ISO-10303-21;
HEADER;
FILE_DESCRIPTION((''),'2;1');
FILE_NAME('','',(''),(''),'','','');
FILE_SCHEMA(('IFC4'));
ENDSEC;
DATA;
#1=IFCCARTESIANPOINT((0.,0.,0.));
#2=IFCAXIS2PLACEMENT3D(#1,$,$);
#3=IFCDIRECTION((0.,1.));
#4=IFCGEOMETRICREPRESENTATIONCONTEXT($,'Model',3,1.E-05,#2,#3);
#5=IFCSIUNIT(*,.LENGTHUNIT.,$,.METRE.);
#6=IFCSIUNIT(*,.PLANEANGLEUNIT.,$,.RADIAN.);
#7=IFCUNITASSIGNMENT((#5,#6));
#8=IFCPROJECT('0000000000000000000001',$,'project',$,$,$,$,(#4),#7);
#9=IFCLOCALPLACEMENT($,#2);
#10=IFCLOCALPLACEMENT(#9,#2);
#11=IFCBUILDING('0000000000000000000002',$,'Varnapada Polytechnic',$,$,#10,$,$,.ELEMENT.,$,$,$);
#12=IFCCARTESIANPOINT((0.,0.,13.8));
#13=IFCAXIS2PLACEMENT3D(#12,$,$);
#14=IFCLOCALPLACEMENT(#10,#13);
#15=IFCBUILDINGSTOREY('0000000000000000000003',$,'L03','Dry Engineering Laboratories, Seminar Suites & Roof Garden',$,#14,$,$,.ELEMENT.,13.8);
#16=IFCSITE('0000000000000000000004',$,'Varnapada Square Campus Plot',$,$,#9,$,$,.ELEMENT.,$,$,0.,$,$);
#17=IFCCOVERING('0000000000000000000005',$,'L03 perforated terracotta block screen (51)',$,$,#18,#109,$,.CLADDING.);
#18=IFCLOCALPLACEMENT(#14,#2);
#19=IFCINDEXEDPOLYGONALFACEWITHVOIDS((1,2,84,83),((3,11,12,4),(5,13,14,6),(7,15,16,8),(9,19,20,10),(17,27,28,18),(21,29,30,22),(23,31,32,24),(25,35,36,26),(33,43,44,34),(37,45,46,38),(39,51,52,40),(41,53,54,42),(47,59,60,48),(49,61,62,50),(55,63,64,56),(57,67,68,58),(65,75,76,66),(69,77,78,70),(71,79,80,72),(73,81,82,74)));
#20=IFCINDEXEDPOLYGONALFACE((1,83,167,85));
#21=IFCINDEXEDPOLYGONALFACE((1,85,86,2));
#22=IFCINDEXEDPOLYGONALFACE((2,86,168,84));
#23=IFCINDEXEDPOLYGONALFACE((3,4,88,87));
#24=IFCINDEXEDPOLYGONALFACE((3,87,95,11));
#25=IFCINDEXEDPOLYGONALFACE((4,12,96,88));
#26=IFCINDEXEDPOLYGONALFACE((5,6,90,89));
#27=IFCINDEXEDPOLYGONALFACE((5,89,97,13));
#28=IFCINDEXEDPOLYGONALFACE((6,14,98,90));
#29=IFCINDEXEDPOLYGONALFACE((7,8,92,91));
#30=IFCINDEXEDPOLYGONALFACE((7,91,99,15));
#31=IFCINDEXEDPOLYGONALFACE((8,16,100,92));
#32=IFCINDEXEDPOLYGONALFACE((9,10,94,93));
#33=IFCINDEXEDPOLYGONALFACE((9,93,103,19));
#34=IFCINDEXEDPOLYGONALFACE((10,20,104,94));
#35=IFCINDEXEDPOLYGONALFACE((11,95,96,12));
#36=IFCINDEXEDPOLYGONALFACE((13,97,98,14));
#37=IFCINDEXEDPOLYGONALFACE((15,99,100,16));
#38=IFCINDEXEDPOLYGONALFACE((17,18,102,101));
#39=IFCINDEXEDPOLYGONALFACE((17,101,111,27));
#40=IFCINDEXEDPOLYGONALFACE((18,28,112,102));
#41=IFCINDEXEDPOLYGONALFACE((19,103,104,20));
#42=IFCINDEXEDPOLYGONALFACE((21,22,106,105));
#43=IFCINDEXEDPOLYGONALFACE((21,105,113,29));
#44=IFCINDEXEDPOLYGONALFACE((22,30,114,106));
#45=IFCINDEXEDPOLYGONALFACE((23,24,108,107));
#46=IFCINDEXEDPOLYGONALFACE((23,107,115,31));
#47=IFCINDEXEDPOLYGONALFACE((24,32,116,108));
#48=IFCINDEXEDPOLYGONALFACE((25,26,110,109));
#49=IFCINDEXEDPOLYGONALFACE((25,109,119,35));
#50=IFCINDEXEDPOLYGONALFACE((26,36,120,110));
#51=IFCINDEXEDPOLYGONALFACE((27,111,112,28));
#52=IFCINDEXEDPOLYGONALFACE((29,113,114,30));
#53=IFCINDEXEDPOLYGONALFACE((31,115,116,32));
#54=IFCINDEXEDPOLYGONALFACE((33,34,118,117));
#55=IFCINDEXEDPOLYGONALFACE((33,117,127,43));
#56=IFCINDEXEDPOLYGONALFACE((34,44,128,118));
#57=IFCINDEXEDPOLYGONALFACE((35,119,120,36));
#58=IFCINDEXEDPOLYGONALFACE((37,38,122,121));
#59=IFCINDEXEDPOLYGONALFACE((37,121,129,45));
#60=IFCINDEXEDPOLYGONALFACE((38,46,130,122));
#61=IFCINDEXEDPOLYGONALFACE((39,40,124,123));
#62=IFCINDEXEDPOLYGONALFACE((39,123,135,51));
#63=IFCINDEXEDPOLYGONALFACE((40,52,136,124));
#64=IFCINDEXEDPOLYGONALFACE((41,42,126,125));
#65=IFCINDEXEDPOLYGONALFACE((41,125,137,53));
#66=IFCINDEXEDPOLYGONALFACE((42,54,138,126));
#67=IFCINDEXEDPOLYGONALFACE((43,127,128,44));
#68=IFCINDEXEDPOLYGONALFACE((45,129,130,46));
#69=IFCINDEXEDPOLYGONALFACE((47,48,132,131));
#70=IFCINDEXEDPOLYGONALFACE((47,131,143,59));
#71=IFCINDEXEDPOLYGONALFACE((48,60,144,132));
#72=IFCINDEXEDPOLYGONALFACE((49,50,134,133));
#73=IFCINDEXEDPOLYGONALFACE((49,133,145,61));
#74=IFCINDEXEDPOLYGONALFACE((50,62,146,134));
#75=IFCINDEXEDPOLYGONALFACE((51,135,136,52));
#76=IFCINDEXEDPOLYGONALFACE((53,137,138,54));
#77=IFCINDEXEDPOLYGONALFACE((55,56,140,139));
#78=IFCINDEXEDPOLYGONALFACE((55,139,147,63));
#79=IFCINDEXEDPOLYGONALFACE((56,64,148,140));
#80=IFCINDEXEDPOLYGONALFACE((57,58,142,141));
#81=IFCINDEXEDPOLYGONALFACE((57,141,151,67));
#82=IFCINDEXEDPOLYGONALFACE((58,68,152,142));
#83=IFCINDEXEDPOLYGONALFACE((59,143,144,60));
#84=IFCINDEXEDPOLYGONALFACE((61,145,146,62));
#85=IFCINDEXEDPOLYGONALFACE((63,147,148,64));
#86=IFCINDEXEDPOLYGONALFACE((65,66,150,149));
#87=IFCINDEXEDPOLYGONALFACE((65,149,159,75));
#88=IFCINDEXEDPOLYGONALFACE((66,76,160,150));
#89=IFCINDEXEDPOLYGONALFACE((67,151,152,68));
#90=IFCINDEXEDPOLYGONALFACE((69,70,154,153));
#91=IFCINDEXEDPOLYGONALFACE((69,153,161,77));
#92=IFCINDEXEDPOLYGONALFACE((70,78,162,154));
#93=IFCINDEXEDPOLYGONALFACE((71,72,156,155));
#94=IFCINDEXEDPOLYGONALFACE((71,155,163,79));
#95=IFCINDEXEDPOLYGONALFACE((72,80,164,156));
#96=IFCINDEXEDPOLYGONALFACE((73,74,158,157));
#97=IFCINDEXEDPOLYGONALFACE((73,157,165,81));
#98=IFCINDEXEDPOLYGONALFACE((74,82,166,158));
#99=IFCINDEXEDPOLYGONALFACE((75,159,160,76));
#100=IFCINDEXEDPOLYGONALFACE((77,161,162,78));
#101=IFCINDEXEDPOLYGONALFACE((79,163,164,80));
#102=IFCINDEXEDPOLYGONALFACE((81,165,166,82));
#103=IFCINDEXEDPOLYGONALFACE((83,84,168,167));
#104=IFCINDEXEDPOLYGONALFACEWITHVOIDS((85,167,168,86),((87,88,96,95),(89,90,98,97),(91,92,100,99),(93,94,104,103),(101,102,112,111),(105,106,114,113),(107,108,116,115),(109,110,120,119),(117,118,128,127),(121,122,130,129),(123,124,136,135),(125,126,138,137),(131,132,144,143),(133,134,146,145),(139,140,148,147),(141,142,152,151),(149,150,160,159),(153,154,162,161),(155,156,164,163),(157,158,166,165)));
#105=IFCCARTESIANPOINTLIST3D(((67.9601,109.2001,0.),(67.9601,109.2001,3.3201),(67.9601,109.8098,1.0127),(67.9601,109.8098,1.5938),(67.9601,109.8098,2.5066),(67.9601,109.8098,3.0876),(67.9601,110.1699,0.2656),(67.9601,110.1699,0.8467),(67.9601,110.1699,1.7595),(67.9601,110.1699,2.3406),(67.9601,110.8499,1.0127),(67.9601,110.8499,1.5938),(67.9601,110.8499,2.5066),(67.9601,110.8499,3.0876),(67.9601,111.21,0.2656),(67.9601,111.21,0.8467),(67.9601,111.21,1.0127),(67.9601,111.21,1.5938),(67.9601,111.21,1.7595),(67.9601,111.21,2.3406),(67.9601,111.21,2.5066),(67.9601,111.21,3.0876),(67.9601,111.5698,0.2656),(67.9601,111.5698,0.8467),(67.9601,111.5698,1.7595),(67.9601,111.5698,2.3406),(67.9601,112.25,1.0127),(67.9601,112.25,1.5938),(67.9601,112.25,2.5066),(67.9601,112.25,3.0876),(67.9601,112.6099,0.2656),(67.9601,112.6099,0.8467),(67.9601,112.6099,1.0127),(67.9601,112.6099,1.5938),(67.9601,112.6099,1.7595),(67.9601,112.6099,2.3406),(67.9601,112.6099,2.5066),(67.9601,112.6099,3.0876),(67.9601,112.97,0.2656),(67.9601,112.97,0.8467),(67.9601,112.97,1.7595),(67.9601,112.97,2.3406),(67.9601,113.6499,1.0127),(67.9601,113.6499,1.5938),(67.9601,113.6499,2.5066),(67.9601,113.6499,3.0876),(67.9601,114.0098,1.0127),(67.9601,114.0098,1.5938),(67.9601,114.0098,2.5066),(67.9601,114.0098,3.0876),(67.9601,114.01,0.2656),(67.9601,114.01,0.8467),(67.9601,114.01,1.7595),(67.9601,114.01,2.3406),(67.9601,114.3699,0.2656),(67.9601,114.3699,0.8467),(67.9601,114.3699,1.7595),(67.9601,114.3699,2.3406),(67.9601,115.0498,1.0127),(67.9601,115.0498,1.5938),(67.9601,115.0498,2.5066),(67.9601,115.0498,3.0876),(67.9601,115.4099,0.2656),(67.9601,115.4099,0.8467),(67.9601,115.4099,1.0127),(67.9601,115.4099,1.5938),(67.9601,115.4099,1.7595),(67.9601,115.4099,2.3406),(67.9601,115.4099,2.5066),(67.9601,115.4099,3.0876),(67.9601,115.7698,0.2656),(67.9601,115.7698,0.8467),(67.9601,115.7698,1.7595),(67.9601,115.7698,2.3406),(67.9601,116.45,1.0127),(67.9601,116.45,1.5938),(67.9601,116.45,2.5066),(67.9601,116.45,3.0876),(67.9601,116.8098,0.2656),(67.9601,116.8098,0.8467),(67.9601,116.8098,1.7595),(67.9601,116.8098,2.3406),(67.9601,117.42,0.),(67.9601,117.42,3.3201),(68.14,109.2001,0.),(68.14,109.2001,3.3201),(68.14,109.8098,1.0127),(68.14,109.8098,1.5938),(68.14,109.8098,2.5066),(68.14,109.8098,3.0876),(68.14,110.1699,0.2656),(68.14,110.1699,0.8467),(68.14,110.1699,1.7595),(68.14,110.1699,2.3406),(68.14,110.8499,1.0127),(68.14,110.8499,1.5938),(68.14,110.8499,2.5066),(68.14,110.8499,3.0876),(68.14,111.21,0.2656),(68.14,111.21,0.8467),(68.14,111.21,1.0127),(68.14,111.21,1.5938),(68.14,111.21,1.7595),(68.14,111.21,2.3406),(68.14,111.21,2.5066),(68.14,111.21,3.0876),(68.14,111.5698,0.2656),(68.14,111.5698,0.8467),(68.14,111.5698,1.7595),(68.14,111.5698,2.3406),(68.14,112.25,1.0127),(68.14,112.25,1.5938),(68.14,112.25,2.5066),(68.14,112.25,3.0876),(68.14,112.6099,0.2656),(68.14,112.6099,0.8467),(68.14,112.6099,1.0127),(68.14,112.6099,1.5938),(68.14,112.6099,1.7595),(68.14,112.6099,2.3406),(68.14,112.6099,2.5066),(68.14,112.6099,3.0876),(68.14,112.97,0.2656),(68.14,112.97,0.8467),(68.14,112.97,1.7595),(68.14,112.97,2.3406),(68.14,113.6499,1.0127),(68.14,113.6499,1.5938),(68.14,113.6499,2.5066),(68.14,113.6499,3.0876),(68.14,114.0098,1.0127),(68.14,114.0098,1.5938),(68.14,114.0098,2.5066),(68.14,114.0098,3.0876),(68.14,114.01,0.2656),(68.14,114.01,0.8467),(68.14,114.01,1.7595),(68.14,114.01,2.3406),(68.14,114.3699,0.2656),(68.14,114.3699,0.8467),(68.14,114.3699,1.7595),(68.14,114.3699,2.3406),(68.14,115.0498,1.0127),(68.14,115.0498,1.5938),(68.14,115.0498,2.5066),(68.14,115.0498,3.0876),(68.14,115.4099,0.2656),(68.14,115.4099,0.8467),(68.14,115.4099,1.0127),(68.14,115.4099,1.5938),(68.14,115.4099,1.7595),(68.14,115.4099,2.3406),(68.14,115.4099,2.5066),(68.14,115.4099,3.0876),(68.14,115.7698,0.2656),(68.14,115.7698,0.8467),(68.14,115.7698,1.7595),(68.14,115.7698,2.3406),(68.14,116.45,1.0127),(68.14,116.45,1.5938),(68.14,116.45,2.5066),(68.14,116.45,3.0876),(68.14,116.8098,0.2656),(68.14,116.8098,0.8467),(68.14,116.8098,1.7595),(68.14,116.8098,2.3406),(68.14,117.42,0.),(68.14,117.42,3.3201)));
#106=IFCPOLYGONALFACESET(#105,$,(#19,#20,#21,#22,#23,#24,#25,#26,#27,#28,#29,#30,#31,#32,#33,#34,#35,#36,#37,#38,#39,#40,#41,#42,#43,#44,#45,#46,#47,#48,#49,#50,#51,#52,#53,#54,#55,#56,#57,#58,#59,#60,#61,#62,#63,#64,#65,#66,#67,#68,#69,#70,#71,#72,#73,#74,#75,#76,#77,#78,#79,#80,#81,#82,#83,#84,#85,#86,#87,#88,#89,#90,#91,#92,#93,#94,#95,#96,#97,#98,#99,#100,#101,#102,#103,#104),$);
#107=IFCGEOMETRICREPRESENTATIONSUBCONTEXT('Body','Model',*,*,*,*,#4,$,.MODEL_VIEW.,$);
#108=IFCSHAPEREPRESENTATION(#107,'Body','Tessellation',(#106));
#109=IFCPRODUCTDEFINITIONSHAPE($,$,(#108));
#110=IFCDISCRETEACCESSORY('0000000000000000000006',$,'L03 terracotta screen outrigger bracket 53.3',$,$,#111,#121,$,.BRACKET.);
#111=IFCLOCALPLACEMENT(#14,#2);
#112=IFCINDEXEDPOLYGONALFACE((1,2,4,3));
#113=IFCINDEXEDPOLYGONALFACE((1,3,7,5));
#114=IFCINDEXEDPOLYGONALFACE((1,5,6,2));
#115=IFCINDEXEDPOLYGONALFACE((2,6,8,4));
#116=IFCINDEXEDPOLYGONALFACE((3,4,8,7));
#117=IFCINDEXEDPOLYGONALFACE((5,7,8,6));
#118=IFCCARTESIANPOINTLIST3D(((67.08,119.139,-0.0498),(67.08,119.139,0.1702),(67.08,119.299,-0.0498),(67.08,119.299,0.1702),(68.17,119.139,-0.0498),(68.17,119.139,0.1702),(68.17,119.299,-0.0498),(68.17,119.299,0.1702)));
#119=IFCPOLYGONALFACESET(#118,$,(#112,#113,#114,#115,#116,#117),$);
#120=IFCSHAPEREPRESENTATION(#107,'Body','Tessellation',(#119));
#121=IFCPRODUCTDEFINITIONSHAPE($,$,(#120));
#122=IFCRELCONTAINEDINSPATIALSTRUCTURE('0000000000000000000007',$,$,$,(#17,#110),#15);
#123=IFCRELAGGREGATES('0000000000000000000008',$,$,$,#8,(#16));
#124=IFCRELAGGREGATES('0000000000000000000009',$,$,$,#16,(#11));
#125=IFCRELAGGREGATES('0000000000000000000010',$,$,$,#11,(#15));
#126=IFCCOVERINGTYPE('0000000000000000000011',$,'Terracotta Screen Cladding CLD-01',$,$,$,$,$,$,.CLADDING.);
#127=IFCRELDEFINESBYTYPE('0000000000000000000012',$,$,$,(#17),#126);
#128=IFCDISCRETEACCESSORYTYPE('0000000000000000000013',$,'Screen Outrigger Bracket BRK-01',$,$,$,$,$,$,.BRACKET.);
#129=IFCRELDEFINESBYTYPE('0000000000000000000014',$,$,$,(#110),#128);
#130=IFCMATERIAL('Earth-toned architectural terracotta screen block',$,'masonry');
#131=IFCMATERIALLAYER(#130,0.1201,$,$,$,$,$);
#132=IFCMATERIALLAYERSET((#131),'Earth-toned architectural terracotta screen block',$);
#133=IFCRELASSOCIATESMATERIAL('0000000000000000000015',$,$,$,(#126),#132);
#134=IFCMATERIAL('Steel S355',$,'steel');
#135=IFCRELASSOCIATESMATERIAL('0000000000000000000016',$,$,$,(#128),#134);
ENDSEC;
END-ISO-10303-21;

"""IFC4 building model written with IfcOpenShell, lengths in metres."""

from ifc_helpers import new_model, si_unit, direction, frame, frame_2d, origin, origin_2d, place, context, subcontext, project, spatial, rectangle, extrude, material, layer, layer_set, type_object, element, save


model = new_model("IFC4")

# Units and contexts
model_context = context("Model", 3, precision=1e-05, world=origin(), true_north=direction((0.0, 1.0)))
body_context = subcontext(model_context, "Body", "Model", "MODEL_VIEW")
ifc_project = project(units=[si_unit("LENGTHUNIT", "METRE"), si_unit("PLANEANGLEUNIT", "RADIAN")], contexts=[model_context])

# Site, building, storey
site_placement = place(None, origin())
site = spatial("IfcSite", under=ifc_project, at=site_placement, Name="Varnapada Square Campus Plot", CompositionType="ELEMENT", RefElevation=0.0)
building_placement = place(site_placement, origin())
building = spatial("IfcBuilding", under=site, at=building_placement, Name="Varnapada Polytechnic", CompositionType="ELEMENT")
storey_placement = place(building_placement, frame((0.0, 0.0, 13.8)))
storey = spatial("IfcBuildingStorey", under=building, at=storey_placement, Name="L03", Description="Dry Engineering Laboratories, Seminar Suites & Roof Garden", CompositionType="ELEMENT", Elevation=13.8)

# Covering, openings
ifc_material_1 = material(Name="Earth-toned architectural terracotta screen block", Category="masonry")
ifc_layer_1 = layer(ifc_material_1, 0.1201)
ifc_layer_set_1 = layer_set([ifc_layer_1], Name="Earth-toned architectural terracotta screen block")
covering_type = type_object("IfcCoveringType", Name="Terracotta Screen Cladding CLD-01", PredefinedType="CLADDING", material=ifc_layer_set_1)
covering_placement = place(storey_placement, frame((68.05, 117.4199, 0.0), z_axis=(0.0, 0.0, 1.0), x_axis=(0.0, -1.0, 0.0)))
covering = element("IfcCovering", 1, at=covering_placement, inside=storey, type_object=covering_type, Name="L03 perforated terracotta block screen (51)", PredefinedType="CLADDING", context=body_context, shape_type="SweptSolid", body=[
    extrude(rectangle(XDim=8.22, YDim=0.1799, at=frame_2d((4.1099, 0.0))), origin(), (0.0, 0.0, 1.0), 3.3201),
])
opening_1_placement = place(covering_placement, frame((0.6101, 0.0, 0.2656)))
element("IfcOpeningElement", 2, at=opening_1_placement, cuts=covering, PredefinedType="OPENING", context=body_context, shape_type="SweptSolid", body=[
    extrude(rectangle(XDim=1.04, YDim=0.5811, at=frame_2d((0.52, 0.2905))), frame((0.0, 0.0999, 0.0), z_axis=(0.0, -1.0, 0.0), x_axis=(1.0, 0.0, 0.0)), (0.0, 0.0, 1.0), 0.2),
])
opening_2_placement = place(covering_placement, frame((2.01, 0.0, 0.2656)))
element("IfcOpeningElement", 3, at=opening_2_placement, cuts=covering, PredefinedType="OPENING", context=body_context, shape_type="SweptSolid", body=[
    extrude(rectangle(XDim=1.04, YDim=0.5811, at=frame_2d((0.52, 0.2905))), frame((0.0, 0.0999, 0.0), z_axis=(0.0, -1.0, 0.0), x_axis=(1.0, 0.0, 0.0)), (0.0, 0.0, 1.0), 0.2),
])
opening_3_placement = place(covering_placement, frame((3.4099, 0.0, 0.2656)))
element("IfcOpeningElement", 4, at=opening_3_placement, cuts=covering, PredefinedType="OPENING", context=body_context, shape_type="SweptSolid", body=[
    extrude(rectangle(XDim=1.04, YDim=0.5811, at=frame_2d((0.52, 0.2905))), frame((0.0, 0.0999, 0.0), z_axis=(0.0, -1.0, 0.0), x_axis=(1.0, 0.0, 0.0)), (0.0, 0.0, 1.0), 0.2),
])
opening_4_placement = place(covering_placement, frame((4.8101, 0.0, 0.2656)))
element("IfcOpeningElement", 5, at=opening_4_placement, cuts=covering, PredefinedType="OPENING", context=body_context, shape_type="SweptSolid", body=[
    extrude(rectangle(XDim=1.04, YDim=0.5811, at=frame_2d((0.52, 0.2905))), frame((0.0, 0.0999, 0.0), z_axis=(0.0, -1.0, 0.0), x_axis=(1.0, 0.0, 0.0)), (0.0, 0.0, 1.0), 0.2),
])
opening_5_placement = place(covering_placement, frame((6.21, 0.0, 0.2656)))
element("IfcOpeningElement", 6, at=opening_5_placement, cuts=covering, PredefinedType="OPENING", context=body_context, shape_type="SweptSolid", body=[
    extrude(rectangle(XDim=1.04, YDim=0.5811, at=frame_2d((0.52, 0.2905))), frame((0.0, 0.0999, 0.0), z_axis=(0.0, -1.0, 0.0), x_axis=(1.0, 0.0, 0.0)), (0.0, 0.0, 1.0), 0.2),
])
opening_6_placement = place(covering_placement, frame((0.97, 0.0, 1.0127)))
element("IfcOpeningElement", 7, at=opening_6_placement, cuts=covering, PredefinedType="OPENING", context=body_context, shape_type="SweptSolid", body=[
    extrude(rectangle(XDim=1.04, YDim=0.5811, at=frame_2d((0.52, 0.2905))), frame((0.0, 0.0999, 0.0), z_axis=(0.0, -1.0, 0.0), x_axis=(1.0, 0.0, 0.0)), (0.0, 0.0, 1.0), 0.2),
])
opening_7_placement = place(covering_placement, frame((2.3701, 0.0, 1.0127)))
element("IfcOpeningElement", 8, at=opening_7_placement, cuts=covering, PredefinedType="OPENING", context=body_context, shape_type="SweptSolid", body=[
    extrude(rectangle(XDim=1.04, YDim=0.5811, at=frame_2d((0.52, 0.2905))), frame((0.0, 0.0999, 0.0), z_axis=(0.0, -1.0, 0.0), x_axis=(1.0, 0.0, 0.0)), (0.0, 0.0, 1.0), 0.2),
])
opening_8_placement = place(covering_placement, frame((3.77, 0.0, 1.0127)))
element("IfcOpeningElement", 9, at=opening_8_placement, cuts=covering, PredefinedType="OPENING", context=body_context, shape_type="SweptSolid", body=[
    extrude(rectangle(XDim=1.04, YDim=0.5811, at=frame_2d((0.52, 0.2905))), frame((0.0, 0.0999, 0.0), z_axis=(0.0, -1.0, 0.0), x_axis=(1.0, 0.0, 0.0)), (0.0, 0.0, 1.0), 0.2),
])
opening_9_placement = place(covering_placement, frame((5.1699, 0.0, 1.0127)))
element("IfcOpeningElement", 10, at=opening_9_placement, cuts=covering, PredefinedType="OPENING", context=body_context, shape_type="SweptSolid", body=[
    extrude(rectangle(XDim=1.04, YDim=0.5811, at=frame_2d((0.52, 0.2905))), frame((0.0, 0.0999, 0.0), z_axis=(0.0, -1.0, 0.0), x_axis=(1.0, 0.0, 0.0)), (0.0, 0.0, 1.0), 0.2),
])
opening_10_placement = place(covering_placement, frame((6.5701, 0.0, 1.0127)))
element("IfcOpeningElement", 11, at=opening_10_placement, cuts=covering, PredefinedType="OPENING", context=body_context, shape_type="SweptSolid", body=[
    extrude(rectangle(XDim=1.04, YDim=0.5811, at=frame_2d((0.52, 0.2905))), frame((0.0, 0.0999, 0.0), z_axis=(0.0, -1.0, 0.0), x_axis=(1.0, 0.0, 0.0)), (0.0, 0.0, 1.0), 0.2),
])
opening_11_placement = place(covering_placement, frame((0.6101, 0.0, 1.7595)))
element("IfcOpeningElement", 12, at=opening_11_placement, cuts=covering, PredefinedType="OPENING", context=body_context, shape_type="SweptSolid", body=[
    extrude(rectangle(XDim=1.04, YDim=0.5811, at=frame_2d((0.52, 0.2905))), frame((0.0, 0.0999, 0.0), z_axis=(0.0, -1.0, 0.0), x_axis=(1.0, 0.0, 0.0)), (0.0, 0.0, 1.0), 0.2),
])
opening_12_placement = place(covering_placement, frame((2.01, 0.0, 1.7595)))
element("IfcOpeningElement", 13, at=opening_12_placement, cuts=covering, PredefinedType="OPENING", context=body_context, shape_type="SweptSolid", body=[
    extrude(rectangle(XDim=1.04, YDim=0.5811, at=frame_2d((0.52, 0.2905))), frame((0.0, 0.0999, 0.0), z_axis=(0.0, -1.0, 0.0), x_axis=(1.0, 0.0, 0.0)), (0.0, 0.0, 1.0), 0.2),
])
opening_13_placement = place(covering_placement, frame((3.4099, 0.0, 1.7595)))
element("IfcOpeningElement", 14, at=opening_13_placement, cuts=covering, PredefinedType="OPENING", context=body_context, shape_type="SweptSolid", body=[
    extrude(rectangle(XDim=1.04, YDim=0.5811, at=frame_2d((0.52, 0.2905))), frame((0.0, 0.0999, 0.0), z_axis=(0.0, -1.0, 0.0), x_axis=(1.0, 0.0, 0.0)), (0.0, 0.0, 1.0), 0.2),
])
opening_14_placement = place(covering_placement, frame((4.8101, 0.0, 1.7595)))
element("IfcOpeningElement", 15, at=opening_14_placement, cuts=covering, PredefinedType="OPENING", context=body_context, shape_type="SweptSolid", body=[
    extrude(rectangle(XDim=1.04, YDim=0.5811, at=frame_2d((0.52, 0.2905))), frame((0.0, 0.0999, 0.0), z_axis=(0.0, -1.0, 0.0), x_axis=(1.0, 0.0, 0.0)), (0.0, 0.0, 1.0), 0.2),
])
opening_15_placement = place(covering_placement, frame((6.21, 0.0, 1.7595)))
element("IfcOpeningElement", 16, at=opening_15_placement, cuts=covering, PredefinedType="OPENING", context=body_context, shape_type="SweptSolid", body=[
    extrude(rectangle(XDim=1.04, YDim=0.5811, at=frame_2d((0.52, 0.2905))), frame((0.0, 0.0999, 0.0), z_axis=(0.0, -1.0, 0.0), x_axis=(1.0, 0.0, 0.0)), (0.0, 0.0, 1.0), 0.2),
])
opening_16_placement = place(covering_placement, frame((0.97, 0.0, 2.5066)))
element("IfcOpeningElement", 17, at=opening_16_placement, cuts=covering, PredefinedType="OPENING", context=body_context, shape_type="SweptSolid", body=[
    extrude(rectangle(XDim=1.04, YDim=0.5811, at=frame_2d((0.52, 0.2905))), frame((0.0, 0.0999, 0.0), z_axis=(0.0, -1.0, 0.0), x_axis=(1.0, 0.0, 0.0)), (0.0, 0.0, 1.0), 0.2),
])
opening_17_placement = place(covering_placement, frame((2.3701, 0.0, 2.5066)))
element("IfcOpeningElement", 18, at=opening_17_placement, cuts=covering, PredefinedType="OPENING", context=body_context, shape_type="SweptSolid", body=[
    extrude(rectangle(XDim=1.04, YDim=0.5811, at=frame_2d((0.52, 0.2905))), frame((0.0, 0.0999, 0.0), z_axis=(0.0, -1.0, 0.0), x_axis=(1.0, 0.0, 0.0)), (0.0, 0.0, 1.0), 0.2),
])
opening_18_placement = place(covering_placement, frame((3.77, 0.0, 2.5066)))
element("IfcOpeningElement", 19, at=opening_18_placement, cuts=covering, PredefinedType="OPENING", context=body_context, shape_type="SweptSolid", body=[
    extrude(rectangle(XDim=1.04, YDim=0.5811, at=frame_2d((0.52, 0.2905))), frame((0.0, 0.0999, 0.0), z_axis=(0.0, -1.0, 0.0), x_axis=(1.0, 0.0, 0.0)), (0.0, 0.0, 1.0), 0.2),
])
opening_19_placement = place(covering_placement, frame((5.1699, 0.0, 2.5066)))
element("IfcOpeningElement", 20, at=opening_19_placement, cuts=covering, PredefinedType="OPENING", context=body_context, shape_type="SweptSolid", body=[
    extrude(rectangle(XDim=1.04, YDim=0.5811, at=frame_2d((0.52, 0.2905))), frame((0.0, 0.0999, 0.0), z_axis=(0.0, -1.0, 0.0), x_axis=(1.0, 0.0, 0.0)), (0.0, 0.0, 1.0), 0.2),
])
opening_20_placement = place(covering_placement, frame((6.5701, 0.0, 2.5066)))
element("IfcOpeningElement", 21, at=opening_20_placement, cuts=covering, PredefinedType="OPENING", context=body_context, shape_type="SweptSolid", body=[
    extrude(rectangle(XDim=1.04, YDim=0.5811, at=frame_2d((0.52, 0.2905))), frame((0.0, 0.0999, 0.0), z_axis=(0.0, -1.0, 0.0), x_axis=(1.0, 0.0, 0.0)), (0.0, 0.0, 1.0), 0.2),
])

# Discrete accessory
ifc_material_2 = material(Name="Steel S355", Category="steel")
discrete_accessory_type = type_object("IfcDiscreteAccessoryType", Name="Screen Outrigger Bracket BRK-01", PredefinedType="BRACKET", material=ifc_material_2)
discrete_accessory_placement = place(storey_placement, frame((67.625, 119.219, -0.0498), z_axis=(0.0, 0.0, 1.0), x_axis=(0.0, -1.0, 0.0)))
element("IfcDiscreteAccessory", 22, at=discrete_accessory_placement, inside=storey, type_object=discrete_accessory_type, Name="L03 terracotta screen outrigger bracket 53.3", PredefinedType="BRACKET", context=body_context, shape_type="SweptSolid", body=[
    extrude(rectangle(XDim=0.1599, YDim=1.0901, at=origin_2d()), origin(), (0.0, 0.0, 1.0), 0.22),
])

save(model, "model.ifc")
